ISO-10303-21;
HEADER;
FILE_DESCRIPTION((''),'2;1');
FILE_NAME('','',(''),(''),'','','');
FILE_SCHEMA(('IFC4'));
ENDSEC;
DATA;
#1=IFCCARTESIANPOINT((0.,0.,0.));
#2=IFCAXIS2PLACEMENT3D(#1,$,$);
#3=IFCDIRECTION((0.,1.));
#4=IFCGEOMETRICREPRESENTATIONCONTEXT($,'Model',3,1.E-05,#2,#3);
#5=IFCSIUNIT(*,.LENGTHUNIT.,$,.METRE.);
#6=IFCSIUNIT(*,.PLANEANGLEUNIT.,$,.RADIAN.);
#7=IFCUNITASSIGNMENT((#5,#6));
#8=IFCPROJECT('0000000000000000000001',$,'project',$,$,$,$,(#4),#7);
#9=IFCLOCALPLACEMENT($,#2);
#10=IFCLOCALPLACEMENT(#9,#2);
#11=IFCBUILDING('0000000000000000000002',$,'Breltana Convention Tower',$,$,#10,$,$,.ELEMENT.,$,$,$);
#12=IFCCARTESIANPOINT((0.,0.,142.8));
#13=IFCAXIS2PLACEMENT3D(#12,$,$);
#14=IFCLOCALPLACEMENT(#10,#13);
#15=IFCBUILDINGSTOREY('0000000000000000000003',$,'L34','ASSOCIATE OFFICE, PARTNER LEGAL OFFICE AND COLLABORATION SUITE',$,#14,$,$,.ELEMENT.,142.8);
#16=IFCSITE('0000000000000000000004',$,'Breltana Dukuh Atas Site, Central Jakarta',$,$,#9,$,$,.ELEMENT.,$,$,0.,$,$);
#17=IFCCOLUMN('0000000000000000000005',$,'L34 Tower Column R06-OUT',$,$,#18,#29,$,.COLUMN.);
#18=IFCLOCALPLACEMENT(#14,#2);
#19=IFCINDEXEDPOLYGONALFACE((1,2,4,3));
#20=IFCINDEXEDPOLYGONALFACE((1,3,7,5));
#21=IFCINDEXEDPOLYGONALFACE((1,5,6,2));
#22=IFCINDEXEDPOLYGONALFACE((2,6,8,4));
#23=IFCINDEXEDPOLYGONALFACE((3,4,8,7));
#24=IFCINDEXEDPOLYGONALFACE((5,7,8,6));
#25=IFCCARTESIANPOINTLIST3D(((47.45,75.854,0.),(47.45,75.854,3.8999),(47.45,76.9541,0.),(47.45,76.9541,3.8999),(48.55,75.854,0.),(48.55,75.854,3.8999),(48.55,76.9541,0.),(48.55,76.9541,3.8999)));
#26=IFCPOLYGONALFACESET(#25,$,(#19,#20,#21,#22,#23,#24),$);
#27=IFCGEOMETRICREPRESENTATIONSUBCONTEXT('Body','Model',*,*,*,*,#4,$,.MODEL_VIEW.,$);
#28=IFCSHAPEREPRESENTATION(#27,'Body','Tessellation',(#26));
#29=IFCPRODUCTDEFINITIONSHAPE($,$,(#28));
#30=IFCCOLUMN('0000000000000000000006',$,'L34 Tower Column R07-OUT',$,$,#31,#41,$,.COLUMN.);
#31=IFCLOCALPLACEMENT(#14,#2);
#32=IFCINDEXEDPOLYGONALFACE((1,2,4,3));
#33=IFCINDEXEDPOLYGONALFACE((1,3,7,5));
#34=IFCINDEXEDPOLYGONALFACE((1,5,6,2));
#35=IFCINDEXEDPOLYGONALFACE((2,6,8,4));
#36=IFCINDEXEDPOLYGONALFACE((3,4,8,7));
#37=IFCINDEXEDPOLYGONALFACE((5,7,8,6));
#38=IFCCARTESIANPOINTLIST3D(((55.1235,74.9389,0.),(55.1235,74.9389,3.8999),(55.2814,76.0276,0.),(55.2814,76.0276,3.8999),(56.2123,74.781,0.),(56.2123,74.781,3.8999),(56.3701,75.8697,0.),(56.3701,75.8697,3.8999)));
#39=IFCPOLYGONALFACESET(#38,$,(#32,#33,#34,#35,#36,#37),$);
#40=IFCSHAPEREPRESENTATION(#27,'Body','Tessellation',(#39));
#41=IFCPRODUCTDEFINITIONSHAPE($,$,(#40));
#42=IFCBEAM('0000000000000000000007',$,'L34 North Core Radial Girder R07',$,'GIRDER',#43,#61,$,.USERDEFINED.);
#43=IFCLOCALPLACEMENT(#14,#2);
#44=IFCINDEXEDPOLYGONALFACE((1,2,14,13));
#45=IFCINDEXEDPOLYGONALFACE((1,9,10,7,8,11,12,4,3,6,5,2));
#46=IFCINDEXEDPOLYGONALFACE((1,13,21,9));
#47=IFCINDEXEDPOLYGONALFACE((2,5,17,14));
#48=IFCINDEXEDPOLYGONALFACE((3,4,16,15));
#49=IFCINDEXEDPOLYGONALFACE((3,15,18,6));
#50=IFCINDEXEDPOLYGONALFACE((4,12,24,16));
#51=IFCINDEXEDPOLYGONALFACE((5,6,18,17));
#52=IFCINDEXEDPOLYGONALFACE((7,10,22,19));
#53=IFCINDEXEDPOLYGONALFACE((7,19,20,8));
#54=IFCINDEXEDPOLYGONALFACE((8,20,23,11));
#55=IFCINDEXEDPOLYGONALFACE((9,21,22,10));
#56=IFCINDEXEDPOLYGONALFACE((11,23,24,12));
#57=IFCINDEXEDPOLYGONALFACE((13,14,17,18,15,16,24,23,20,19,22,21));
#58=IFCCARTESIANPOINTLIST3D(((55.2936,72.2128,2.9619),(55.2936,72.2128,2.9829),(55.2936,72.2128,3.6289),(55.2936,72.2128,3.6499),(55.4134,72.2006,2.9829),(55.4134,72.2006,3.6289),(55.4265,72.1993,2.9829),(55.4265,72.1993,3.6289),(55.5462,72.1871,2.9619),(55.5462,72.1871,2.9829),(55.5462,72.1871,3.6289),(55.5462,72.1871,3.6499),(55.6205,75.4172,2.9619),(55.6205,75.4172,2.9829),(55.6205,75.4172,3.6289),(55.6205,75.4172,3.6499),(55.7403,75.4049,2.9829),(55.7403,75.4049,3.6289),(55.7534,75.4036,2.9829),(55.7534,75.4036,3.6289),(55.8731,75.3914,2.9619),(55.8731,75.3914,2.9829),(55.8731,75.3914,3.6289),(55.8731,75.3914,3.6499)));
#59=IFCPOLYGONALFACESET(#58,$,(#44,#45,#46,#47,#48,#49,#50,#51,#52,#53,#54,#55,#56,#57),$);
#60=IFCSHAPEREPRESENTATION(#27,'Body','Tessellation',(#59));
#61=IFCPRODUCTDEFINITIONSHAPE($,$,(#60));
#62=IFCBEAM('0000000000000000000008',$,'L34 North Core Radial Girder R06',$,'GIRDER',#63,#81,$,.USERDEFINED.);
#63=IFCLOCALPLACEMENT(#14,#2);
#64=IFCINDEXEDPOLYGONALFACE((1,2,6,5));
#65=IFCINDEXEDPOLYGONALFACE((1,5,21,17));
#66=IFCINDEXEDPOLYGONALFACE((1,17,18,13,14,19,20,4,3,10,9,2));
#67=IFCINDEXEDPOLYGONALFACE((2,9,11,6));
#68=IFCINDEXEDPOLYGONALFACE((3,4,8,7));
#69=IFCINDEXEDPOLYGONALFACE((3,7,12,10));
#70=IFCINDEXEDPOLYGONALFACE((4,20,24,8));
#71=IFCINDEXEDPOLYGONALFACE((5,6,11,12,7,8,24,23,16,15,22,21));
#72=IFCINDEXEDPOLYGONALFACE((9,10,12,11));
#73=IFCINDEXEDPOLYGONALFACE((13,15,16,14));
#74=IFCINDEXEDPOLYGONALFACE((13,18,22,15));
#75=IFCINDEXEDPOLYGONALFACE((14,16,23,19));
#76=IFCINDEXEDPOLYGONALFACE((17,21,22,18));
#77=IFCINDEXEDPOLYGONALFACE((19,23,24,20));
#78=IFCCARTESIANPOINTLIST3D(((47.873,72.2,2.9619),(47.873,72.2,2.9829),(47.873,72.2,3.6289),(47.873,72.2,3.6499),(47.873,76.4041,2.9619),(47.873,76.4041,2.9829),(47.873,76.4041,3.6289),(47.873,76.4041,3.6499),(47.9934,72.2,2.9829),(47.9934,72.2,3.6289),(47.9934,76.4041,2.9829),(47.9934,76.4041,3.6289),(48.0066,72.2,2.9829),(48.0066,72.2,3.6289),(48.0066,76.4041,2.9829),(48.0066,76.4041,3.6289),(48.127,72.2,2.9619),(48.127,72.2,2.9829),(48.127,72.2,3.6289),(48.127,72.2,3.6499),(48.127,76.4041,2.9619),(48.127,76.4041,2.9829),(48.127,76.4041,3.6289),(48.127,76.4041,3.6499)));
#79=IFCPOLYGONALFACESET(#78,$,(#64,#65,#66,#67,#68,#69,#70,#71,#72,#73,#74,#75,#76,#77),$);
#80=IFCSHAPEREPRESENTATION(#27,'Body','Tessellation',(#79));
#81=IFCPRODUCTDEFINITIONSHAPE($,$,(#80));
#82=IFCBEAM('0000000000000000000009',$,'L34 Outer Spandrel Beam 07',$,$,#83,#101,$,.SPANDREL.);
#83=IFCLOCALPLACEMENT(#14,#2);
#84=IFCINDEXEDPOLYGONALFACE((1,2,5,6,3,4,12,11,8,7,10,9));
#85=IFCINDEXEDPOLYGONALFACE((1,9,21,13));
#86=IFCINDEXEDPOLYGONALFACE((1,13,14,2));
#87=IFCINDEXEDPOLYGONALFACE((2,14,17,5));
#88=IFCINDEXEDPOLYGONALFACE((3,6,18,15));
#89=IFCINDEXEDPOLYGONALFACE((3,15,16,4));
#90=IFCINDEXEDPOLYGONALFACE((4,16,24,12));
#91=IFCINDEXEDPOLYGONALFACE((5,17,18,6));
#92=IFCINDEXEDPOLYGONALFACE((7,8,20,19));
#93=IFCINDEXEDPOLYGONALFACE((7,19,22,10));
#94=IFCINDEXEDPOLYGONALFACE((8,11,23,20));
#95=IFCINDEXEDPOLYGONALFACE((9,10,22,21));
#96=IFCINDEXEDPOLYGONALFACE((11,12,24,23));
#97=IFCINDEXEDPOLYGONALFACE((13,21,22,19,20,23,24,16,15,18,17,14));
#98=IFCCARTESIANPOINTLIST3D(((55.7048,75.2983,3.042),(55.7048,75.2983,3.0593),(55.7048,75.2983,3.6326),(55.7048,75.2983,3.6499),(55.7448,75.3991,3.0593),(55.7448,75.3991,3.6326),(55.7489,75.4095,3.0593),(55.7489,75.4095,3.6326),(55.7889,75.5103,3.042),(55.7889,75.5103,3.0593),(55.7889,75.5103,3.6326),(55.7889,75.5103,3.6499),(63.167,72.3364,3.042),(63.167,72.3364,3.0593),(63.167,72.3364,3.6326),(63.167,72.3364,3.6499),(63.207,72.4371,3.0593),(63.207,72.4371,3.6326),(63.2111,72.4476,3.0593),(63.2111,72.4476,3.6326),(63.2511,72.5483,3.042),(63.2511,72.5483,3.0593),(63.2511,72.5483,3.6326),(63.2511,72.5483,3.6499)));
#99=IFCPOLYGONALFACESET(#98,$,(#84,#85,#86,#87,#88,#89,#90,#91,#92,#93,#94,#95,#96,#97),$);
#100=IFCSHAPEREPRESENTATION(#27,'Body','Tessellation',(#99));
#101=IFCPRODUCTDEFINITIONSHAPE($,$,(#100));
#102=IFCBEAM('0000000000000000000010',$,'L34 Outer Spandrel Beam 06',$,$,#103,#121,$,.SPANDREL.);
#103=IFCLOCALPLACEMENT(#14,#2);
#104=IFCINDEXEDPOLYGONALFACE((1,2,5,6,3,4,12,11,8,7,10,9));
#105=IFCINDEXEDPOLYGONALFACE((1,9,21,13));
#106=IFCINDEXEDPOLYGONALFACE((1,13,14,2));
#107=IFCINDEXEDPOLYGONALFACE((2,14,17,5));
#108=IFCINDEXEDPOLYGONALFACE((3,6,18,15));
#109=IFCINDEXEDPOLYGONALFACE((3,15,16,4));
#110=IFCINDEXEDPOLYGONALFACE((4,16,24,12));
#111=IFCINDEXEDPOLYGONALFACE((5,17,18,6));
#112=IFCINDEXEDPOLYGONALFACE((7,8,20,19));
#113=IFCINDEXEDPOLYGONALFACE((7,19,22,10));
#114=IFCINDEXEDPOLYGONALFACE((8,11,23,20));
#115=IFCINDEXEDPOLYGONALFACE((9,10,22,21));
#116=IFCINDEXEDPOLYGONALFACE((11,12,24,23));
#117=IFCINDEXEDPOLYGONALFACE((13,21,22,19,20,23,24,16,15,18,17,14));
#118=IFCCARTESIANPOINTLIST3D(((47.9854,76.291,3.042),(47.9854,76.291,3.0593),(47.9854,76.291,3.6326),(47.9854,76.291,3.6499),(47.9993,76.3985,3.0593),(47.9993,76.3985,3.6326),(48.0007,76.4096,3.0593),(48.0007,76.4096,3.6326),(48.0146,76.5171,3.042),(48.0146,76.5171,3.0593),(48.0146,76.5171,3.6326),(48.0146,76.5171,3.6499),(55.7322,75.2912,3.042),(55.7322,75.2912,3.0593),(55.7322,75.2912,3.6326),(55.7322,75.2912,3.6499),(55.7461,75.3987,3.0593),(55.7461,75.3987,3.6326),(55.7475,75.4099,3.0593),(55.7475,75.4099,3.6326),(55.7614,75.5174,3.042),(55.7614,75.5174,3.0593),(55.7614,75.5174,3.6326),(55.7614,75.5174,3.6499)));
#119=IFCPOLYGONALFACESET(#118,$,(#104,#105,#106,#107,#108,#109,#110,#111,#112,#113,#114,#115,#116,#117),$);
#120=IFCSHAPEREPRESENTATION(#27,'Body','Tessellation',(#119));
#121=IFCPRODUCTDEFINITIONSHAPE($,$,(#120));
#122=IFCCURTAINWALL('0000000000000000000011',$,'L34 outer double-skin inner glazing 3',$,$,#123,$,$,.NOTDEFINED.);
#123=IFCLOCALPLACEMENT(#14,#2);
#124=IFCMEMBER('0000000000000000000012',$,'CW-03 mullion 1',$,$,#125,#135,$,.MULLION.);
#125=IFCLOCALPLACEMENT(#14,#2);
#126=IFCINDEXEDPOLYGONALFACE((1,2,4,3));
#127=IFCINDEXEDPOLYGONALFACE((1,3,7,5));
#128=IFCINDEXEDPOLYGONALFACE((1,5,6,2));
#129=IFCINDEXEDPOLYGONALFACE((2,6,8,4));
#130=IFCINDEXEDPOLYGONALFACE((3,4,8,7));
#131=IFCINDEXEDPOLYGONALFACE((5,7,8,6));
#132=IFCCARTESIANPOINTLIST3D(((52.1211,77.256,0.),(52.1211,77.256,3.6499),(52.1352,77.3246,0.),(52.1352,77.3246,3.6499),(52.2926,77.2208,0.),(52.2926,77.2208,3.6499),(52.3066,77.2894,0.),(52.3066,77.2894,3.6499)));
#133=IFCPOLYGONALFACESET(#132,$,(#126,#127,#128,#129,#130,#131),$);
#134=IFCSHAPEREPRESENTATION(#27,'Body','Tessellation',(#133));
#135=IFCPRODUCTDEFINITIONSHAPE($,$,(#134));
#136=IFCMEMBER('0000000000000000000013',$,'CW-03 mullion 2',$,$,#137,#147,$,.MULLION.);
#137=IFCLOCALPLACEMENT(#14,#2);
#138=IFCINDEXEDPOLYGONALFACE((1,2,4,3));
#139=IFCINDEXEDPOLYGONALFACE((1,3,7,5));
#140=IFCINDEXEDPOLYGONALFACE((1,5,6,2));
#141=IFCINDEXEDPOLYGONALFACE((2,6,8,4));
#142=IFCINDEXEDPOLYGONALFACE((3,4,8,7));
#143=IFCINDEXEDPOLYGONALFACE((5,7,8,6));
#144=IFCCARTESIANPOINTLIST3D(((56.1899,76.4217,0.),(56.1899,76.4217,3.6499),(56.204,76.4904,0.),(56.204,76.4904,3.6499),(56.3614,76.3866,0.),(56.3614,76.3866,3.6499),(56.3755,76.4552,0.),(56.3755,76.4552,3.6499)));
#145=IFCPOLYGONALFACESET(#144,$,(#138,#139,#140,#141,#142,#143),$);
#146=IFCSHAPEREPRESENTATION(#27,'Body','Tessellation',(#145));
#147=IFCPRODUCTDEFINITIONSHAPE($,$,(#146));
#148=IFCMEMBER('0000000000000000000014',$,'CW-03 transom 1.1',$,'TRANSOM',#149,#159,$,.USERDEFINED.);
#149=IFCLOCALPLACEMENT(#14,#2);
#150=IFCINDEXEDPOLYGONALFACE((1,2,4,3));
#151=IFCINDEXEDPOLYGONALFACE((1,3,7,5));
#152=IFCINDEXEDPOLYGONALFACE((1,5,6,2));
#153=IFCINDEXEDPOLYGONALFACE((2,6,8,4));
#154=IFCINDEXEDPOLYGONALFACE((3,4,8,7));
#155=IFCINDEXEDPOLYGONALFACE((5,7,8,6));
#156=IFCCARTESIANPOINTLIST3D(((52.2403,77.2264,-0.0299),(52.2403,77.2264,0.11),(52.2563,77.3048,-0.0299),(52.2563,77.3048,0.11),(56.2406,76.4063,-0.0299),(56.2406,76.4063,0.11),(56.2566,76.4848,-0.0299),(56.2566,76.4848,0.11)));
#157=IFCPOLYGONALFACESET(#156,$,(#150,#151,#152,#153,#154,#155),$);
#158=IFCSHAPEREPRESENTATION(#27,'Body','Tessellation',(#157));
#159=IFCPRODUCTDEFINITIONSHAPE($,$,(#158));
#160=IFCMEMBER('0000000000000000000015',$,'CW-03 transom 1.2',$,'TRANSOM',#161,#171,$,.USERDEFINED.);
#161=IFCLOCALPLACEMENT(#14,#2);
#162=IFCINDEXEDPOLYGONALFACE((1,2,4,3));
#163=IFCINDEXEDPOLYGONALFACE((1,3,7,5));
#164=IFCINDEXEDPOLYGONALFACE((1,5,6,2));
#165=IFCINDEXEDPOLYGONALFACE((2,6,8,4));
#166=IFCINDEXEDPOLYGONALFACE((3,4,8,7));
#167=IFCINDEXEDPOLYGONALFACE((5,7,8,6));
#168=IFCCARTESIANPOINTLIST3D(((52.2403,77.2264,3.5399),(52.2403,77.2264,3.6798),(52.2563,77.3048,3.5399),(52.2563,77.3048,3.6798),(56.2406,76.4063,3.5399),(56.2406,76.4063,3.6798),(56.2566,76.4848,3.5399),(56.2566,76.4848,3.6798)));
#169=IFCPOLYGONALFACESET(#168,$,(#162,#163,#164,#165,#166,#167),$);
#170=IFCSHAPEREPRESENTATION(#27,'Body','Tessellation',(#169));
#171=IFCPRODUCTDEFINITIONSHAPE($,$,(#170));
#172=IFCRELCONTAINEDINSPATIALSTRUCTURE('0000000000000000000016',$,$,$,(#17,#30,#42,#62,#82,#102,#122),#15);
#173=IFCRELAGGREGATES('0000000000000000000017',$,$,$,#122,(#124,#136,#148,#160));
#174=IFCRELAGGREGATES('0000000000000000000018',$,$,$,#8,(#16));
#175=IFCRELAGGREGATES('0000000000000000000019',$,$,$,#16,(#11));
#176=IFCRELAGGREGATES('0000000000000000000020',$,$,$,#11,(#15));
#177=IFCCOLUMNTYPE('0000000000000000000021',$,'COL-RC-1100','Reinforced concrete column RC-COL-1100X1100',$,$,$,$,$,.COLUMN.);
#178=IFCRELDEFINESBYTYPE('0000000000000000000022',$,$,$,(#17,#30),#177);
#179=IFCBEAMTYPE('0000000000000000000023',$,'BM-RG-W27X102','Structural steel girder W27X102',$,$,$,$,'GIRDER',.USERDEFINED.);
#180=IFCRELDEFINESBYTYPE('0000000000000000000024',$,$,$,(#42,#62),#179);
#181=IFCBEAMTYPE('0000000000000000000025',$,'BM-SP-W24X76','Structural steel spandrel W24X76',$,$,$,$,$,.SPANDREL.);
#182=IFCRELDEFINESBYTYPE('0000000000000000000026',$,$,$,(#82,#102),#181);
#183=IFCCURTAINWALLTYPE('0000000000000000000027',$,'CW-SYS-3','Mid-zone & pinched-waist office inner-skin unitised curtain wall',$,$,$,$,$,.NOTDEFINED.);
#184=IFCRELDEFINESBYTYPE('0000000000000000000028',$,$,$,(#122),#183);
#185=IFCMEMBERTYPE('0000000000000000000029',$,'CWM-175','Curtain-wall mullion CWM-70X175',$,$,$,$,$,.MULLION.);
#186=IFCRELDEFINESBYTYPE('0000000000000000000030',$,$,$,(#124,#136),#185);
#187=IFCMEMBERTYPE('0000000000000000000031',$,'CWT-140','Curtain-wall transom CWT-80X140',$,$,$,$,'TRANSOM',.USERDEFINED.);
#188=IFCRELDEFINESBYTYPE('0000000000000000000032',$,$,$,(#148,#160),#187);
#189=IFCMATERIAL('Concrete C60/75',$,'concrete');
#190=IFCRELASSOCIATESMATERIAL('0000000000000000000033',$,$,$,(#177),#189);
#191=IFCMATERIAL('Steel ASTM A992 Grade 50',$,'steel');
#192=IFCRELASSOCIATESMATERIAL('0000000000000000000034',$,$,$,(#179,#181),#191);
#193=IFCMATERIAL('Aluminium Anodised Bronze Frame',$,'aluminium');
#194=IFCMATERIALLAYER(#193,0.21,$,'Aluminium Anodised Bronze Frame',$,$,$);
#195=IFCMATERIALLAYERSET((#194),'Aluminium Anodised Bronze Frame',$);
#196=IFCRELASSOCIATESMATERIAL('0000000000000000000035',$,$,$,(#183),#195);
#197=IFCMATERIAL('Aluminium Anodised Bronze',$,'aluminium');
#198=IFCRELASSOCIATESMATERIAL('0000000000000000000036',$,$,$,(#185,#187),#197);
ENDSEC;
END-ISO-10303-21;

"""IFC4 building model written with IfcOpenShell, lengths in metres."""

from ifc_helpers import new_model, si_unit, direction, frame, origin, origin_2d, place, context, subcontext, project, spatial, rectangle, i_section, extrude, source, transform, mapped, material, layer, layer_set, material_profile, profile_set, type_object, element, aggregate, save


model = new_model("IFC4")

# Units and contexts
model_context = context("Model", 3, precision=1e-05, world=origin(), true_north=direction((0.0, 1.0)))
body_context = subcontext(model_context, "Body", "Model", "MODEL_VIEW")
ifc_project = project(units=[si_unit("LENGTHUNIT", "METRE"), si_unit("PLANEANGLEUNIT", "RADIAN")], contexts=[model_context])

# Site, building, storey
site_placement = place(None, origin())
site = spatial("IfcSite", under=ifc_project, at=site_placement, Name="Breltana Dukuh Atas Site, Central Jakarta", CompositionType="ELEMENT", RefElevation=0.0)
building_placement = place(site_placement, origin())
building = spatial("IfcBuilding", under=site, at=building_placement, Name="Breltana Convention Tower", CompositionType="ELEMENT")
storey_placement = place(building_placement, frame((0.0, 0.0, 142.8)))
storey = spatial("IfcBuildingStorey", under=building, at=storey_placement, Name="L34", Description="ASSOCIATE OFFICE, PARTNER LEGAL OFFICE AND COLLABORATION SUITE", CompositionType="ELEMENT", Elevation=142.8)

# Columns
ifc_material_1 = material(Name="Concrete C60/75", Category="concrete")
ifc_material_profile_1 = material_profile(ifc_material_1, rectangle(XDim=1.1001, YDim=1.1001, at=origin_2d()), Name="RC-COL-1100X1100")
ifc_profile_set_1 = profile_set([ifc_material_profile_1], Name="Concrete C60/75")
column_type = type_object("IfcColumnType", Name="COL-RC-1100", Description="Reinforced concrete column RC-COL-1100X1100", PredefinedType="COLUMN", material=ifc_profile_set_1)
shared_shape_1 = source(origin(), body_context, "Body", "SweptSolid", [
    extrude(rectangle(XDim=1.1001, YDim=1.1001, at=origin_2d()), origin(), (0.0, 0.0, 1.0), 3.8999),
])
for number, where, z_axis, x_axis, name in (
    (1, (48.0, 76.4041, 0.0), (0.0, 0.0, 1.0), (0.0, 1.0, 0.0), "L34 Tower Column R06-OUT"),
    (2, (55.7468, 75.4043, 0.0), (0.0, 0.0, 1.0), (0.143493, 0.989651, 0.0), "L34 Tower Column R07-OUT"),
):
    element("IfcColumn", number, at=place(storey_placement, frame(where, z_axis=z_axis, x_axis=x_axis)), inside=storey, type_object=column_type, Name=name, PredefinedType="COLUMN", context=body_context, shape_type="MappedRepresentation", body=[
        mapped(shared_shape_1, transform((0.0, 0.0, 0.0), scale=1.0)),
    ])

# Beams
ifc_material_2 = material(Name="Steel ASTM A992 Grade 50", Category="steel")
ifc_material_profile_2 = material_profile(ifc_material_2, i_section(OverallWidth=0.2539, OverallDepth=0.688, WebThickness=0.0132, FlangeThickness=0.021, at=origin_2d()), Name="W27X102")
ifc_profile_set_2 = profile_set([ifc_material_profile_2], Name="Steel ASTM A992 Grade 50")
beam_type_1 = type_object("IfcBeamType", Name="BM-RG-W27X102", Description="Structural steel girder W27X102", ElementType="GIRDER", PredefinedType="USERDEFINED", material=ifc_profile_set_2)
shared_shape_2 = source(origin(), body_context, "Body", "SweptSolid", [
    extrude(i_section(OverallWidth=0.2539, OverallDepth=0.688, WebThickness=0.0132, FlangeThickness=0.021, at=origin_2d()), origin(), (0.0, 0.0, 1.0), 3.2209),
])
beam_1_placement = place(storey_placement, frame((55.4199, 72.2, 3.3059), z_axis=(0.101492, 0.994836, 0.0), x_axis=(-0.994836, 0.101492, 0.0)))
element("IfcBeam", 3, at=beam_1_placement, inside=storey, type_object=beam_type_1, Name="L34 North Core Radial Girder R07", ObjectType="GIRDER", PredefinedType="USERDEFINED", context=body_context, shape_type="MappedRepresentation", body=[
    mapped(shared_shape_2, transform((0.0, 0.0, 0.0), scale=1.0)),
])
shared_shape_3 = source(origin(), body_context, "Body", "SweptSolid", [
    extrude(i_section(OverallWidth=0.2539, OverallDepth=0.688, WebThickness=0.0132, FlangeThickness=0.021, at=origin_2d()), origin(), (0.0, 0.0, 1.0), 4.2041),
])
beam_2_placement = place(storey_placement, frame((48.0, 72.2, 3.3059), z_axis=(0.0, 1.0, 0.0), x_axis=(-1.0, 0.0, 0.0)))
element("IfcBeam", 4, at=beam_2_placement, inside=storey, type_object=beam_type_1, Name="L34 North Core Radial Girder R06", ObjectType="GIRDER", PredefinedType="USERDEFINED", context=body_context, shape_type="MappedRepresentation", body=[
    mapped(shared_shape_3, transform((0.0, 0.0, 0.0), scale=1.0)),
])
ifc_material_profile_3 = material_profile(ifc_material_2, i_section(OverallWidth=0.228, OverallDepth=0.6079, WebThickness=0.0112, FlangeThickness=0.0173, at=origin_2d()), Name="W24X76")
ifc_profile_set_3 = profile_set([ifc_material_profile_3], Name="Steel ASTM A992 Grade 50")
beam_type_2 = type_object("IfcBeamType", Name="BM-SP-W24X76", Description="Structural steel spandrel W24X76", PredefinedType="SPANDREL", material=ifc_profile_set_3)
shared_shape_4 = source(origin(), body_context, "Body", "SweptSolid", [
    extrude(i_section(OverallWidth=0.228, OverallDepth=0.6079, WebThickness=0.0112, FlangeThickness=0.0173, at=origin_2d()), origin(), (0.0, 0.0, 1.0), 8.0286),
])
beam_3_placement = place(storey_placement, frame((55.7468, 75.4043, 3.3459), z_axis=(0.929459, -0.368925, 0.0), x_axis=(0.368925, 0.929459, 0.0)))
element("IfcBeam", 5, at=beam_3_placement, inside=storey, type_object=beam_type_2, Name="L34 Outer Spandrel Beam 07", PredefinedType="SPANDREL", context=body_context, shape_type="MappedRepresentation", body=[
    mapped(shared_shape_4, transform((0.0, 0.0, 0.0), scale=1.0)),
])
shared_shape_5 = source(origin(), body_context, "Body", "SweptSolid", [
    extrude(i_section(OverallWidth=0.228, OverallDepth=0.6079, WebThickness=0.0112, FlangeThickness=0.0173, at=origin_2d()), origin(), (0.0, 0.0, 1.0), 7.811),
])
beam_4_placement = place(storey_placement, frame((48.0, 76.4041, 3.3459), z_axis=(0.991775, -0.127992, 0.0), x_axis=(0.127992, 0.991775, 0.0)))
element("IfcBeam", 6, at=beam_4_placement, inside=storey, type_object=beam_type_2, Name="L34 Outer Spandrel Beam 06", PredefinedType="SPANDREL", context=body_context, shape_type="MappedRepresentation", body=[
    mapped(shared_shape_5, transform((0.0, 0.0, 0.0), scale=1.0)),
])

# Curtain wall, members
ifc_material_3 = material(Name="Aluminium Anodised Bronze Frame", Category="aluminium")
ifc_layer_1 = layer(ifc_material_3, 0.21, Name="Aluminium Anodised Bronze Frame")
ifc_layer_set_1 = layer_set([ifc_layer_1], Name="Aluminium Anodised Bronze Frame")
curtain_wall_type = type_object("IfcCurtainWallType", Name="CW-SYS-3", Description="Mid-zone & pinched-waist office inner-skin unitised curtain wall", PredefinedType="NOTDEFINED", material=ifc_layer_set_1)
curtain_wall_placement = place(storey_placement, origin())
curtain_wall = element("IfcCurtainWall", 7, at=curtain_wall_placement, inside=storey, type_object=curtain_wall_type, Name="L34 outer double-skin inner glazing 3", PredefinedType="NOTDEFINED")
ifc_material_4 = material(Name="Aluminium Anodised Bronze", Category="aluminium")
ifc_material_profile_4 = material_profile(ifc_material_4, rectangle(XDim=0.0701, YDim=0.175, at=origin_2d()), Name="CWM-70X175")
ifc_profile_set_4 = profile_set([ifc_material_profile_4], Name="Aluminium Anodised Bronze")
member_type_1 = type_object("IfcMemberType", Name="CWM-175", Description="Curtain-wall mullion CWM-70X175", PredefinedType="MULLION", material=ifc_profile_set_4)
shared_shape_6 = source(origin(), body_context, "Body", "SweptSolid", [
    extrude(rectangle(XDim=0.0701, YDim=0.175, at=origin_2d()), origin(), (0.0, 0.0, 1.0), 3.6499),
])
member_1_placement = place(storey_placement, frame((52.2139, 77.2727, 0.0), z_axis=(0.0, 0.0, 1.0), x_axis=(0.200877, 0.979617, 0.0)))
member_1 = element("IfcMember", 8, at=member_1_placement, type_object=member_type_1, Name="CW-03 mullion 1", PredefinedType="MULLION", context=body_context, shape_type="MappedRepresentation", body=[
    mapped(shared_shape_6, transform((0.0, 0.0, 0.0), scale=1.0)),
])
member_2_placement = place(storey_placement, frame((56.2827, 76.4385, 0.0), z_axis=(0.0, 0.0, 1.0), x_axis=(0.200877, 0.979617, 0.0)))
member_2 = element("IfcMember", 9, at=member_2_placement, type_object=member_type_1, Name="CW-03 mullion 2", PredefinedType="MULLION", context=body_context, shape_type="MappedRepresentation", body=[
    mapped(shared_shape_6, transform((0.0, 0.0, 0.0), scale=1.0)),
])
ifc_material_profile_5 = material_profile(ifc_material_4, rectangle(XDim=0.0801, YDim=0.1399, at=origin_2d()), Name="CWT-80X140")
ifc_profile_set_5 = profile_set([ifc_material_profile_5], Name="Aluminium Anodised Bronze")
member_type_2 = type_object("IfcMemberType", Name="CWT-140", Description="Curtain-wall transom CWT-80X140", ElementType="TRANSOM", PredefinedType="USERDEFINED", material=ifc_profile_set_5)
shared_shape_7 = source(origin(), body_context, "Body", "SweptSolid", [
    extrude(rectangle(XDim=0.0801, YDim=0.1399, at=origin_2d()), origin(), (0.0, 0.0, 1.0), 4.0835),
])
member_3_placement = place(storey_placement, frame((52.2483, 77.2656, 0.04), z_axis=(0.979627, -0.200828, 0.0), x_axis=(0.200828, 0.979627, 0.0)))
member_3 = element("IfcMember", 10, at=member_3_placement, type_object=member_type_2, Name="CW-03 transom 1.1", ObjectType="TRANSOM", PredefinedType="USERDEFINED", context=body_context, shape_type="MappedRepresentation", body=[
    mapped(shared_shape_7, transform((0.0, 0.0, 0.0), scale=1.0)),
])
member_4_placement = place(storey_placement, frame((52.2483, 77.2656, 3.6099), z_axis=(0.979627, -0.200828, 0.0), x_axis=(0.200828, 0.979627, 0.0)))
member_4 = element("IfcMember", 11, at=member_4_placement, type_object=member_type_2, Name="CW-03 transom 1.2", ObjectType="TRANSOM", PredefinedType="USERDEFINED", context=body_context, shape_type="MappedRepresentation", body=[
    mapped(shared_shape_7, transform((0.0, 0.0, 0.0), scale=1.0)),
])
aggregate(curtain_wall, [member_1, member_2, member_3, member_4])

save(model, "model.ifc")
